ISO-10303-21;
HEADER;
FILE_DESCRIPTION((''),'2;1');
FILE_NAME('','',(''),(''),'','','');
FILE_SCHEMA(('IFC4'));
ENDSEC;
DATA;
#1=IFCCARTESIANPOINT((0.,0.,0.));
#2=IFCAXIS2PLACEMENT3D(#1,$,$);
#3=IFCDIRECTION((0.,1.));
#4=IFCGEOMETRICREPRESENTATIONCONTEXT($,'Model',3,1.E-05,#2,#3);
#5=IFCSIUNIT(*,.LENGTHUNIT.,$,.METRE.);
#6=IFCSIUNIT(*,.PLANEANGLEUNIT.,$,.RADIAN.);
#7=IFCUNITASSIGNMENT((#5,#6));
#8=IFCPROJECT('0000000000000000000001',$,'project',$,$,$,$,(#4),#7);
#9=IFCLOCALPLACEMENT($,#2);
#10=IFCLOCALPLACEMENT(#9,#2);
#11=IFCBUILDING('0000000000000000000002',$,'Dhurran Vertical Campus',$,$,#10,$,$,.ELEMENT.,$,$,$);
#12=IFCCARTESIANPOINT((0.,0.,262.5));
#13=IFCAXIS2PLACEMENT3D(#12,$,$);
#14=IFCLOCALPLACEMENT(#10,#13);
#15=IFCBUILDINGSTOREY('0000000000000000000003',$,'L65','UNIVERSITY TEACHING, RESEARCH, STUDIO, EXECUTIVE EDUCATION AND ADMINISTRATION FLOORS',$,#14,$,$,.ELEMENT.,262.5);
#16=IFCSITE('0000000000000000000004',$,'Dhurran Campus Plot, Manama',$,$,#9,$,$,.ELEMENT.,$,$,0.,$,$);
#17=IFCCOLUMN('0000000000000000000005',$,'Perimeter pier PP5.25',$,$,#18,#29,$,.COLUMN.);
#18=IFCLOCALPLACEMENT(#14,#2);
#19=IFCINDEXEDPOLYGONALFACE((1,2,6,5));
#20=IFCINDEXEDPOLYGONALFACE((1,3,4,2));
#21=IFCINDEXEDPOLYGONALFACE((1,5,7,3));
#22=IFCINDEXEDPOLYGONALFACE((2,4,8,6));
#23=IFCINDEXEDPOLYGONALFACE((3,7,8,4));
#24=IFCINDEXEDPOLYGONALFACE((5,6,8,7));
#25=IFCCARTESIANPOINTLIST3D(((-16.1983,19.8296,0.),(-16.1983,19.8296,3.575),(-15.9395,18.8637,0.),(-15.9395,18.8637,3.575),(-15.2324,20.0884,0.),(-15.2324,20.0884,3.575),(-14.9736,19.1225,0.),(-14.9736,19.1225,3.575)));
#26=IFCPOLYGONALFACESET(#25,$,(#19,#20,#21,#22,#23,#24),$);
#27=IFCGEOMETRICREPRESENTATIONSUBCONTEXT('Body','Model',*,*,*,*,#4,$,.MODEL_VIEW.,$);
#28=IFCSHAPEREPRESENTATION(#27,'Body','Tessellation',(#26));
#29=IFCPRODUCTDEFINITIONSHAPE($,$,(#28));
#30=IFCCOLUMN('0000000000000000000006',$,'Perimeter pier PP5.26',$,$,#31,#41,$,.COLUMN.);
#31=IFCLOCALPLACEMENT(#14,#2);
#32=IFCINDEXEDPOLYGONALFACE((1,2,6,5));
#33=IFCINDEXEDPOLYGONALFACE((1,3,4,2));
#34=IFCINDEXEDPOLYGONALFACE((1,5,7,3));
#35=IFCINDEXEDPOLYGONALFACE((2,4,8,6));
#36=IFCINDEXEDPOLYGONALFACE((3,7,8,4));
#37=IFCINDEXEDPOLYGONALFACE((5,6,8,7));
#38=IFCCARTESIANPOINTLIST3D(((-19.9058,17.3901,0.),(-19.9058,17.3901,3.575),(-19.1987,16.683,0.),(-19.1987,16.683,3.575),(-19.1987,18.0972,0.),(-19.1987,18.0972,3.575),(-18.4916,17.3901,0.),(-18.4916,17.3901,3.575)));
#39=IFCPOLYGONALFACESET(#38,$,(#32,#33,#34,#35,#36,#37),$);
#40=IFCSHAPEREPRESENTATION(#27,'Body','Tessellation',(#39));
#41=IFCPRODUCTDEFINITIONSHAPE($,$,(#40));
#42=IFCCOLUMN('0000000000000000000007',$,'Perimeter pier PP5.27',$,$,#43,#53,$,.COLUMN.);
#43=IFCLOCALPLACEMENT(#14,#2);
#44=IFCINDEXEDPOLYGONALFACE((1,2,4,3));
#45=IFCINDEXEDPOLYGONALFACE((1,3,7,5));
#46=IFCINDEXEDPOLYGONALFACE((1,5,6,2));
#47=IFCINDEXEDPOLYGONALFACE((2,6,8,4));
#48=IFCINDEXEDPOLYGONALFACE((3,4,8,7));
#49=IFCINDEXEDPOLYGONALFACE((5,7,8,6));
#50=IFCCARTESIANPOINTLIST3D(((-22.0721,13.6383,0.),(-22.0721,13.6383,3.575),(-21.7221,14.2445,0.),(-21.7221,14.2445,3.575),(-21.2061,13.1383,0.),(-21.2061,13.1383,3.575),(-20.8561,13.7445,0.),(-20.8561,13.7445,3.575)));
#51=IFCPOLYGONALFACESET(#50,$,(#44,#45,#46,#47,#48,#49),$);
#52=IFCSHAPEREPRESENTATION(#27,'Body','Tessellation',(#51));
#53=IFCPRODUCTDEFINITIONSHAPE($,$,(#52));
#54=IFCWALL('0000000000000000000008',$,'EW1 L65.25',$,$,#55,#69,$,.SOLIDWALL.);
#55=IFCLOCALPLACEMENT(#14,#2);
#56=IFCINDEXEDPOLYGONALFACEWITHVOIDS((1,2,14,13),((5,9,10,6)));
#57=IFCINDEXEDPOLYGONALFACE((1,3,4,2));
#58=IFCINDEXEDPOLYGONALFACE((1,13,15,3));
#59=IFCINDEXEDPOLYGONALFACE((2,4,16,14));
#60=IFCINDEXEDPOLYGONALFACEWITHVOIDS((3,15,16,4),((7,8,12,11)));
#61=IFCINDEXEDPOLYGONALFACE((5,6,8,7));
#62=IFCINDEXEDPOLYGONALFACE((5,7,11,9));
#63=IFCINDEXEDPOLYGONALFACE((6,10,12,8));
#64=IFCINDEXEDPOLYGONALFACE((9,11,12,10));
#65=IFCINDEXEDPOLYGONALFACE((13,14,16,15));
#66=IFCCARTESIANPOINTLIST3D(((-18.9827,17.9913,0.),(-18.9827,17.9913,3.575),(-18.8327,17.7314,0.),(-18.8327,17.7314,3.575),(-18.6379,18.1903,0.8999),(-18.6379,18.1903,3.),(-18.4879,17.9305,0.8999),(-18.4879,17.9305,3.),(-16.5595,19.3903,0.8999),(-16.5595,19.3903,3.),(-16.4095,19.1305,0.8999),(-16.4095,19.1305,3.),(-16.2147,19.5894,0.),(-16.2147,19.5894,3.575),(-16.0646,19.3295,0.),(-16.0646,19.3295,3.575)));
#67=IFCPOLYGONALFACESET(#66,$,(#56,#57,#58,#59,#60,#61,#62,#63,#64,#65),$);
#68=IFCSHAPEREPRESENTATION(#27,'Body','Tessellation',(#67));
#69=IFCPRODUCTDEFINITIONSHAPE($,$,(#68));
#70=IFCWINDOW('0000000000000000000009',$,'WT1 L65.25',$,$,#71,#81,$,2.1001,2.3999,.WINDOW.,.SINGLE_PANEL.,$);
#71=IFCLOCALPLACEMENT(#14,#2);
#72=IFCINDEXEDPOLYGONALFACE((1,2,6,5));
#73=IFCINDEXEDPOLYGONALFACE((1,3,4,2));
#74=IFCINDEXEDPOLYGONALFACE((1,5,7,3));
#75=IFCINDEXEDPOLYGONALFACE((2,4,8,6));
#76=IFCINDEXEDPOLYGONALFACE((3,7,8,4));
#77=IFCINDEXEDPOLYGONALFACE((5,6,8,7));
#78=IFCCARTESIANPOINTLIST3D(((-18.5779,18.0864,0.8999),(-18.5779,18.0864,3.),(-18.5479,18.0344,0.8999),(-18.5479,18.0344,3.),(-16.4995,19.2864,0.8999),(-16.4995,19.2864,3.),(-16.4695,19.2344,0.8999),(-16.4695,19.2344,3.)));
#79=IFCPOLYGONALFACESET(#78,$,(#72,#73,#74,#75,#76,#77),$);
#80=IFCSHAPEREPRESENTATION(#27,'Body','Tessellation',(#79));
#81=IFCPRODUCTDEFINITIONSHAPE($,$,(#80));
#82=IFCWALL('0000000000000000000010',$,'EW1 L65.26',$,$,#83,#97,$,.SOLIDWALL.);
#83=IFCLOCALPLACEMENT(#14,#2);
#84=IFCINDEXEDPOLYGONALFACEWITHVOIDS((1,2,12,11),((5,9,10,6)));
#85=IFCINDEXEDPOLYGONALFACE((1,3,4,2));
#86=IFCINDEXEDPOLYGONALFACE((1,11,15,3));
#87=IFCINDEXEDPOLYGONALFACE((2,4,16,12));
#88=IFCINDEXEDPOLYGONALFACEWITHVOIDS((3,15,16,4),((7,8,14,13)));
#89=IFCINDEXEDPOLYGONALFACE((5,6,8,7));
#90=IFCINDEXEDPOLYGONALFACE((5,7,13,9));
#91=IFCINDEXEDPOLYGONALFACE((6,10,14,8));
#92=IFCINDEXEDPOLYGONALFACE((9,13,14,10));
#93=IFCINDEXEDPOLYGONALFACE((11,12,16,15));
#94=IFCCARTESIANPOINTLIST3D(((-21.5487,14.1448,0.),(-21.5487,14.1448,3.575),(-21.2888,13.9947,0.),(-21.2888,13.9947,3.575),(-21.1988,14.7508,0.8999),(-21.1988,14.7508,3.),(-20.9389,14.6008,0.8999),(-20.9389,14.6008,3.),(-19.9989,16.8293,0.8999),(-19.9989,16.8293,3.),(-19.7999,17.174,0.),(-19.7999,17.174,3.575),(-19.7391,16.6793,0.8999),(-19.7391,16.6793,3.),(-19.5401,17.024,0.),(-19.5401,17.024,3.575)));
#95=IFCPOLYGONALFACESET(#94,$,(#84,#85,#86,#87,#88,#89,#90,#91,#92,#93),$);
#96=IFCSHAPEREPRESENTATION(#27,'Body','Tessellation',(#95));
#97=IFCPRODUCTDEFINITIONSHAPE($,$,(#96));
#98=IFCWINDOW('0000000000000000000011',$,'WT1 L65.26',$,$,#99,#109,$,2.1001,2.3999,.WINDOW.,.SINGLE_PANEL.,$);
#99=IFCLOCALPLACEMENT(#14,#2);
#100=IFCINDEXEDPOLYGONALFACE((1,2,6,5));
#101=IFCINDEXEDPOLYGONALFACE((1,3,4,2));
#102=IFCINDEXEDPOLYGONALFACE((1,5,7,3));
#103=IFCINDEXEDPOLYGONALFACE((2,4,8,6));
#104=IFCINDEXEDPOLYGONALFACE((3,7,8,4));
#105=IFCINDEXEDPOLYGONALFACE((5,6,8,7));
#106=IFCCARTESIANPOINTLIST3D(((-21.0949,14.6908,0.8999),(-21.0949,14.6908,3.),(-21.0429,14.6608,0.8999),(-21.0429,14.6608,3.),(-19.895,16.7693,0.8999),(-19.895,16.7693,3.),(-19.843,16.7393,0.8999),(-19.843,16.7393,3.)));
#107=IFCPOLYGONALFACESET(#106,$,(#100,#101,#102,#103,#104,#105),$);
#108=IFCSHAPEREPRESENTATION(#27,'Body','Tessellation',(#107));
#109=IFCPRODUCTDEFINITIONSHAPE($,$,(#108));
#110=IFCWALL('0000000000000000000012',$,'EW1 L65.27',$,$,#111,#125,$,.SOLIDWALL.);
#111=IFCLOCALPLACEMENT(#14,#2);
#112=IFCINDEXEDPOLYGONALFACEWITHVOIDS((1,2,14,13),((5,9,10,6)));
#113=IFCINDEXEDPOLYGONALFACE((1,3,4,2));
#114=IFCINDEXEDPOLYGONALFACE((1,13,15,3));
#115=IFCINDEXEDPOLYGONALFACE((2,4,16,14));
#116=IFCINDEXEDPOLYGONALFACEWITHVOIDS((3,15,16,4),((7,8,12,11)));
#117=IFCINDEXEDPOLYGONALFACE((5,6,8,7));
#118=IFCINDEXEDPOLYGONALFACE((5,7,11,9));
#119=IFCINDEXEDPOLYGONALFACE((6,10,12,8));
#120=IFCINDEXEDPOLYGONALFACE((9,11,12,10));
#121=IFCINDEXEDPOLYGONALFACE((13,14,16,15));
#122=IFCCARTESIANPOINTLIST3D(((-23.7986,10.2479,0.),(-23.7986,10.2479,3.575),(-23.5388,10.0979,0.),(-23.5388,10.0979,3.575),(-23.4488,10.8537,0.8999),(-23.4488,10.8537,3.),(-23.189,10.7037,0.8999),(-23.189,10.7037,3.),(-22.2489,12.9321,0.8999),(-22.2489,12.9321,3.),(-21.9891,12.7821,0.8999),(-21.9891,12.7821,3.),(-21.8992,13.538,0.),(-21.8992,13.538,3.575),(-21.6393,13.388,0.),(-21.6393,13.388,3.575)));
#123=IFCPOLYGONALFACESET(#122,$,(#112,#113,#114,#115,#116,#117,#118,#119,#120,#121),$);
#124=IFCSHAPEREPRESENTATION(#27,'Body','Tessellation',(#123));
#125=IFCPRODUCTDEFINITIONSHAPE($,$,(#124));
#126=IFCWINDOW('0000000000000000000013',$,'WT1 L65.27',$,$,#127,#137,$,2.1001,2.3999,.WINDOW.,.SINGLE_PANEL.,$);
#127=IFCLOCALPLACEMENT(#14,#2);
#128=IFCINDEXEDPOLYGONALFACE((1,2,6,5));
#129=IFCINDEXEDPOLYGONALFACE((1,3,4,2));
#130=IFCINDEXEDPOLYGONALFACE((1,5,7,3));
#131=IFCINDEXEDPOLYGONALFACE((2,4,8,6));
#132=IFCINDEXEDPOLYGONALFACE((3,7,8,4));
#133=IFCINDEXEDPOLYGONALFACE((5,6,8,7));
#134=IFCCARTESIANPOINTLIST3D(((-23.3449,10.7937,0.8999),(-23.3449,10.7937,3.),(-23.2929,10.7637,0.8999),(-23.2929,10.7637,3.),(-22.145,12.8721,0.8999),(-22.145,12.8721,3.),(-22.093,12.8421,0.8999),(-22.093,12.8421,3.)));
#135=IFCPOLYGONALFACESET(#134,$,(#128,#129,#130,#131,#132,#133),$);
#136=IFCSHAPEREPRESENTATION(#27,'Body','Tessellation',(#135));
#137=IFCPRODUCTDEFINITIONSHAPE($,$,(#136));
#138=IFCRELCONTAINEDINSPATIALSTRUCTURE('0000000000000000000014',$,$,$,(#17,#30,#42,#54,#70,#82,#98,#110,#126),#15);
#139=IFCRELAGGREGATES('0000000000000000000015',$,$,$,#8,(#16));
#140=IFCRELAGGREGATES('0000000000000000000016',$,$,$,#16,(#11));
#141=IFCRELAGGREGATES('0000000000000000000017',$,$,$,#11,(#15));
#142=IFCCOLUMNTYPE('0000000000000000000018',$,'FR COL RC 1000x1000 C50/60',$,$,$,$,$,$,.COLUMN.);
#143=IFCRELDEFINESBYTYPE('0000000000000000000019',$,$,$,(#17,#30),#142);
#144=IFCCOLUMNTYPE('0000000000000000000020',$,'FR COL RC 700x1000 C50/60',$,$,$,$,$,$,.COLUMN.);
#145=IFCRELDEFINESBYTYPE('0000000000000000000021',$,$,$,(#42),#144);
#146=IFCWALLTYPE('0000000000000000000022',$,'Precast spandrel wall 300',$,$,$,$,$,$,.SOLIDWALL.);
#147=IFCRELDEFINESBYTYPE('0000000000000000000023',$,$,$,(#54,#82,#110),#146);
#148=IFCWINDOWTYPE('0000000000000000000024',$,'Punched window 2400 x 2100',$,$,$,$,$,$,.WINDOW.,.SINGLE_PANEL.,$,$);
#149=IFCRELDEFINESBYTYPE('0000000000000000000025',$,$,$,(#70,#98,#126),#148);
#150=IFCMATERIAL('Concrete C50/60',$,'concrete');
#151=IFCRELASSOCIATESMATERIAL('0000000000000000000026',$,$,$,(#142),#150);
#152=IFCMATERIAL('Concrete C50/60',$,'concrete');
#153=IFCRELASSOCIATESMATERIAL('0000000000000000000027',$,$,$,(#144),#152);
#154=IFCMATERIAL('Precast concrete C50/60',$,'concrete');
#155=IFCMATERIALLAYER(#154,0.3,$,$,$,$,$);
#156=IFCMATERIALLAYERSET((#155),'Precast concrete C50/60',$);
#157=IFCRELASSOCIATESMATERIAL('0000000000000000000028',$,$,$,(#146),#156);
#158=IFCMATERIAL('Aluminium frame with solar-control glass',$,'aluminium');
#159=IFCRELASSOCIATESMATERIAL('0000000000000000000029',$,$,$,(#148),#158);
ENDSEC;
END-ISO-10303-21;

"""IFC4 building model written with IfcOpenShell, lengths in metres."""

from ifc_helpers import new_model, si_unit, direction, frame, frame_2d, origin, origin_2d, place, context, subcontext, project, spatial, rectangle, extrude, material, layer, layer_set, material_profile, profile_set, type_object, element, fill, save


model = new_model("IFC4")

# Units and contexts
model_context = context("Model", 3, precision=1e-05, world=origin(), true_north=direction((0.0, 1.0)))
body_context = subcontext(model_context, "Body", "Model", "MODEL_VIEW")
ifc_project = project(units=[si_unit("LENGTHUNIT", "METRE"), si_unit("PLANEANGLEUNIT", "RADIAN")], contexts=[model_context])

# Site, building, storey
site_placement = place(None, origin())
site = spatial("IfcSite", under=ifc_project, at=site_placement, Name="Dhurran Campus Plot, Manama", CompositionType="ELEMENT", RefElevation=0.0)
building_placement = place(site_placement, origin())
building = spatial("IfcBuilding", under=site, at=building_placement, Name="Dhurran Vertical Campus", CompositionType="ELEMENT")
storey_placement = place(building_placement, frame((0.0, 0.0, 262.5)))
storey = spatial("IfcBuildingStorey", under=building, at=storey_placement, Name="L65", Description="UNIVERSITY TEACHING, RESEARCH, STUDIO, EXECUTIVE EDUCATION AND ADMINISTRATION FLOORS", CompositionType="ELEMENT", Elevation=262.5)

# Columns
ifc_material_1 = material(Name="Concrete C50/60", Category="concrete")
ifc_material_profile_1 = material_profile(ifc_material_1, rectangle(XDim=1.0, YDim=1.0, at=origin_2d()), Name="RC 1000x1000")
ifc_profile_set_1 = profile_set([ifc_material_profile_1], Name="Concrete C50/60")
column_type_1 = type_object("IfcColumnType", Name="FR COL RC 1000x1000 C50/60", PredefinedType="COLUMN", material=ifc_profile_set_1)
for number, where, z_axis, x_axis, name in (
    (1, (-15.5859, 19.4761, 0.0), (0.0, 0.0, 1.0), (-0.965926, -0.258819, 0.0), "Perimeter pier PP5.25"),
    (2, (-19.1987, 17.3901, 0.0), (0.0, 0.0, 1.0), (-0.707107, -0.707107, 0.0), "Perimeter pier PP5.26"),
):
    element("IfcColumn", number, at=place(storey_placement, frame(where, z_axis=z_axis, x_axis=x_axis)), inside=storey, type_object=column_type_1, Name=name, PredefinedType="COLUMN", context=body_context, shape_type="SweptSolid", body=[
        extrude(rectangle(XDim=1.0, YDim=1.0, at=origin_2d()), origin(), (0.0, 0.0, 1.0), 3.575),
    ])
ifc_material_2 = material(Name="Concrete C50/60", Category="concrete")
ifc_material_profile_2 = material_profile(ifc_material_2, rectangle(XDim=0.7, YDim=1.0, at=origin_2d()), Name="RC 700x1000")
ifc_profile_set_2 = profile_set([ifc_material_profile_2], Name="Concrete C50/60")
column_type_2 = type_object("IfcColumnType", Name="FR COL RC 700x1000 C50/60", PredefinedType="COLUMN", material=ifc_profile_set_2)
column_placement = place(storey_placement, frame((-21.4641, 13.6914, 0.0), z_axis=(0.0, 0.0, 1.0), x_axis=(-0.5, -0.866025, 0.0)))
element("IfcColumn", 3, at=column_placement, inside=storey, type_object=column_type_2, Name="Perimeter pier PP5.27", PredefinedType="COLUMN", context=body_context, shape_type="SweptSolid", body=[
    extrude(rectangle(XDim=0.7, YDim=1.0, at=origin_2d()), origin(), (0.0, 0.0, 1.0), 3.575),
])

# Walls, openings, windows
ifc_material_3 = material(Name="Precast concrete C50/60", Category="concrete")
ifc_layer_1 = layer(ifc_material_3, 0.3)
ifc_layer_set_1 = layer_set([ifc_layer_1], Name="Precast concrete C50/60")
wall_type_1 = type_object("IfcWallType", Name="Precast spandrel wall 300", PredefinedType="SOLIDWALL", material=ifc_layer_set_1)
wall_1_placement = place(storey_placement, frame((-16.1396, 19.4595, 0.0), z_axis=(0.0, 0.0, 1.0), x_axis=(-0.866025, -0.5, 0.0)))
wall_1 = element("IfcWall", 4, at=wall_1_placement, inside=storey, type_object=wall_type_1, Name="EW1 L65.25", PredefinedType="SOLIDWALL", context=body_context, shape_type="SweptSolid", body=[
    extrude(rectangle(XDim=3.1963, YDim=0.3, at=frame_2d((1.5981, 0.0))), origin(), (0.0, 0.0, 1.0), 3.575),
])
opening_1_placement = place(wall_1_placement, frame((0.3982, 0.0, 0.8999)))
opening_1 = element("IfcOpeningElement", 5, at=opening_1_placement, cuts=wall_1, PredefinedType="OPENING", context=body_context, shape_type="SweptSolid", body=[
    extrude(rectangle(XDim=2.3999, YDim=2.1001, at=frame_2d((1.2, 1.05))), frame((0.0, 0.1599, 0.0), z_axis=(0.0, -1.0, 0.0), x_axis=(1.0, 0.0, 0.0)), (0.0, 0.0, 1.0), 0.3201),
])
ifc_material_4 = material(Name="Aluminium frame with solar-control glass", Category="aluminium")
window_type = type_object("IfcWindowType", Name="Punched window 2400 x 2100", PartitioningType="SINGLE_PANEL", PredefinedType="WINDOW", material=ifc_material_4)
window_1_placement = place(opening_1_placement, origin())
window_1 = element("IfcWindow", 6, at=window_1_placement, inside=storey, type_object=window_type, Name="WT1 L65.25", OverallHeight=2.1001, OverallWidth=2.3999, PartitioningType="SINGLE_PANEL", PredefinedType="WINDOW", context=body_context, shape_type="SweptSolid", body=[
    extrude(rectangle(XDim=2.3999, YDim=2.1001, at=frame_2d((1.2, 1.05))), frame((0.0, 0.03, 0.0), z_axis=(0.0, -1.0, 0.0), x_axis=(1.0, 0.0, 0.0)), (0.0, 0.0, 1.0), 0.0601),
])
fill(opening_1, window_1)
wall_2_placement = place(storey_placement, frame((-19.6699, 17.0991, 0.0), z_axis=(0.0, 0.0, 1.0), x_axis=(-0.49996, -0.866048, 0.0)))
wall_2 = element("IfcWall", 7, at=wall_2_placement, inside=storey, type_object=wall_type_1, Name="EW1 L65.26", PredefinedType="SOLIDWALL", context=body_context, shape_type="SweptSolid", body=[
    extrude(rectangle(XDim=3.4978, YDim=0.3, at=frame_2d((1.749, 0.0))), origin(), (0.0, 0.0, 1.0), 3.575),
])
opening_2_placement = place(wall_2_placement, frame((0.3982, 0.0, 0.8999)))
opening_2 = element("IfcOpeningElement", 8, at=opening_2_placement, cuts=wall_2, PredefinedType="OPENING", context=body_context, shape_type="SweptSolid", body=[
    extrude(rectangle(XDim=2.3999, YDim=2.1001, at=frame_2d((1.2, 1.05))), frame((0.0, 0.1599, 0.0), z_axis=(0.0, -1.0, 0.0), x_axis=(1.0, 0.0, 0.0)), (0.0, 0.0, 1.0), 0.3201),
])
window_2_placement = place(opening_2_placement, origin())
window_2 = element("IfcWindow", 9, at=window_2_placement, inside=storey, type_object=window_type, Name="WT1 L65.26", OverallHeight=2.1001, OverallWidth=2.3999, PartitioningType="SINGLE_PANEL", PredefinedType="WINDOW", context=body_context, shape_type="SweptSolid", body=[
    extrude(rectangle(XDim=2.3999, YDim=2.1001, at=frame_2d((1.2, 1.05))), frame((0.0, 0.03, 0.0), z_axis=(0.0, -1.0, 0.0), x_axis=(1.0, 0.0, 0.0)), (0.0, 0.0, 1.0), 0.0601),
])
fill(opening_2, window_2)
wall_3_placement = place(storey_placement, frame((-21.7693, 13.4629, 0.0), z_axis=(0.0, 0.0, 1.0), x_axis=(-0.499982, -0.866036, 0.0)))
wall_3 = element("IfcWall", 10, at=wall_3_placement, inside=storey, type_object=wall_type_1, Name="EW1 L65.27", PredefinedType="SOLIDWALL", context=body_context, shape_type="SweptSolid", body=[
    extrude(rectangle(XDim=3.7991, YDim=0.3, at=frame_2d((1.8994, 0.0))), origin(), (0.0, 0.0, 1.0), 3.575),
])
opening_3_placement = place(wall_3_placement, frame((0.6995, 0.0, 0.8999)))
opening_3 = element("IfcOpeningElement", 11, at=opening_3_placement, cuts=wall_3, PredefinedType="OPENING", context=body_context, shape_type="SweptSolid", body=[
    extrude(rectangle(XDim=2.3999, YDim=2.1001, at=frame_2d((1.2, 1.05))), frame((0.0, 0.1599, 0.0), z_axis=(0.0, -1.0, 0.0), x_axis=(1.0, 0.0, 0.0)), (0.0, 0.0, 1.0), 0.3201),
])
window_3_placement = place(opening_3_placement, origin())
window_3 = element("IfcWindow", 12, at=window_3_placement, inside=storey, type_object=window_type, Name="WT1 L65.27", OverallHeight=2.1001, OverallWidth=2.3999, PartitioningType="SINGLE_PANEL", PredefinedType="WINDOW", context=body_context, shape_type="SweptSolid", body=[
    extrude(rectangle(XDim=2.3999, YDim=2.1001, at=frame_2d((1.2, 1.05))), frame((0.0, 0.03, 0.0), z_axis=(0.0, -1.0, 0.0), x_axis=(1.0, 0.0, 0.0)), (0.0, 0.0, 1.0), 0.0601),
])
fill(opening_3, window_3)

save(model, "model.ifc")
